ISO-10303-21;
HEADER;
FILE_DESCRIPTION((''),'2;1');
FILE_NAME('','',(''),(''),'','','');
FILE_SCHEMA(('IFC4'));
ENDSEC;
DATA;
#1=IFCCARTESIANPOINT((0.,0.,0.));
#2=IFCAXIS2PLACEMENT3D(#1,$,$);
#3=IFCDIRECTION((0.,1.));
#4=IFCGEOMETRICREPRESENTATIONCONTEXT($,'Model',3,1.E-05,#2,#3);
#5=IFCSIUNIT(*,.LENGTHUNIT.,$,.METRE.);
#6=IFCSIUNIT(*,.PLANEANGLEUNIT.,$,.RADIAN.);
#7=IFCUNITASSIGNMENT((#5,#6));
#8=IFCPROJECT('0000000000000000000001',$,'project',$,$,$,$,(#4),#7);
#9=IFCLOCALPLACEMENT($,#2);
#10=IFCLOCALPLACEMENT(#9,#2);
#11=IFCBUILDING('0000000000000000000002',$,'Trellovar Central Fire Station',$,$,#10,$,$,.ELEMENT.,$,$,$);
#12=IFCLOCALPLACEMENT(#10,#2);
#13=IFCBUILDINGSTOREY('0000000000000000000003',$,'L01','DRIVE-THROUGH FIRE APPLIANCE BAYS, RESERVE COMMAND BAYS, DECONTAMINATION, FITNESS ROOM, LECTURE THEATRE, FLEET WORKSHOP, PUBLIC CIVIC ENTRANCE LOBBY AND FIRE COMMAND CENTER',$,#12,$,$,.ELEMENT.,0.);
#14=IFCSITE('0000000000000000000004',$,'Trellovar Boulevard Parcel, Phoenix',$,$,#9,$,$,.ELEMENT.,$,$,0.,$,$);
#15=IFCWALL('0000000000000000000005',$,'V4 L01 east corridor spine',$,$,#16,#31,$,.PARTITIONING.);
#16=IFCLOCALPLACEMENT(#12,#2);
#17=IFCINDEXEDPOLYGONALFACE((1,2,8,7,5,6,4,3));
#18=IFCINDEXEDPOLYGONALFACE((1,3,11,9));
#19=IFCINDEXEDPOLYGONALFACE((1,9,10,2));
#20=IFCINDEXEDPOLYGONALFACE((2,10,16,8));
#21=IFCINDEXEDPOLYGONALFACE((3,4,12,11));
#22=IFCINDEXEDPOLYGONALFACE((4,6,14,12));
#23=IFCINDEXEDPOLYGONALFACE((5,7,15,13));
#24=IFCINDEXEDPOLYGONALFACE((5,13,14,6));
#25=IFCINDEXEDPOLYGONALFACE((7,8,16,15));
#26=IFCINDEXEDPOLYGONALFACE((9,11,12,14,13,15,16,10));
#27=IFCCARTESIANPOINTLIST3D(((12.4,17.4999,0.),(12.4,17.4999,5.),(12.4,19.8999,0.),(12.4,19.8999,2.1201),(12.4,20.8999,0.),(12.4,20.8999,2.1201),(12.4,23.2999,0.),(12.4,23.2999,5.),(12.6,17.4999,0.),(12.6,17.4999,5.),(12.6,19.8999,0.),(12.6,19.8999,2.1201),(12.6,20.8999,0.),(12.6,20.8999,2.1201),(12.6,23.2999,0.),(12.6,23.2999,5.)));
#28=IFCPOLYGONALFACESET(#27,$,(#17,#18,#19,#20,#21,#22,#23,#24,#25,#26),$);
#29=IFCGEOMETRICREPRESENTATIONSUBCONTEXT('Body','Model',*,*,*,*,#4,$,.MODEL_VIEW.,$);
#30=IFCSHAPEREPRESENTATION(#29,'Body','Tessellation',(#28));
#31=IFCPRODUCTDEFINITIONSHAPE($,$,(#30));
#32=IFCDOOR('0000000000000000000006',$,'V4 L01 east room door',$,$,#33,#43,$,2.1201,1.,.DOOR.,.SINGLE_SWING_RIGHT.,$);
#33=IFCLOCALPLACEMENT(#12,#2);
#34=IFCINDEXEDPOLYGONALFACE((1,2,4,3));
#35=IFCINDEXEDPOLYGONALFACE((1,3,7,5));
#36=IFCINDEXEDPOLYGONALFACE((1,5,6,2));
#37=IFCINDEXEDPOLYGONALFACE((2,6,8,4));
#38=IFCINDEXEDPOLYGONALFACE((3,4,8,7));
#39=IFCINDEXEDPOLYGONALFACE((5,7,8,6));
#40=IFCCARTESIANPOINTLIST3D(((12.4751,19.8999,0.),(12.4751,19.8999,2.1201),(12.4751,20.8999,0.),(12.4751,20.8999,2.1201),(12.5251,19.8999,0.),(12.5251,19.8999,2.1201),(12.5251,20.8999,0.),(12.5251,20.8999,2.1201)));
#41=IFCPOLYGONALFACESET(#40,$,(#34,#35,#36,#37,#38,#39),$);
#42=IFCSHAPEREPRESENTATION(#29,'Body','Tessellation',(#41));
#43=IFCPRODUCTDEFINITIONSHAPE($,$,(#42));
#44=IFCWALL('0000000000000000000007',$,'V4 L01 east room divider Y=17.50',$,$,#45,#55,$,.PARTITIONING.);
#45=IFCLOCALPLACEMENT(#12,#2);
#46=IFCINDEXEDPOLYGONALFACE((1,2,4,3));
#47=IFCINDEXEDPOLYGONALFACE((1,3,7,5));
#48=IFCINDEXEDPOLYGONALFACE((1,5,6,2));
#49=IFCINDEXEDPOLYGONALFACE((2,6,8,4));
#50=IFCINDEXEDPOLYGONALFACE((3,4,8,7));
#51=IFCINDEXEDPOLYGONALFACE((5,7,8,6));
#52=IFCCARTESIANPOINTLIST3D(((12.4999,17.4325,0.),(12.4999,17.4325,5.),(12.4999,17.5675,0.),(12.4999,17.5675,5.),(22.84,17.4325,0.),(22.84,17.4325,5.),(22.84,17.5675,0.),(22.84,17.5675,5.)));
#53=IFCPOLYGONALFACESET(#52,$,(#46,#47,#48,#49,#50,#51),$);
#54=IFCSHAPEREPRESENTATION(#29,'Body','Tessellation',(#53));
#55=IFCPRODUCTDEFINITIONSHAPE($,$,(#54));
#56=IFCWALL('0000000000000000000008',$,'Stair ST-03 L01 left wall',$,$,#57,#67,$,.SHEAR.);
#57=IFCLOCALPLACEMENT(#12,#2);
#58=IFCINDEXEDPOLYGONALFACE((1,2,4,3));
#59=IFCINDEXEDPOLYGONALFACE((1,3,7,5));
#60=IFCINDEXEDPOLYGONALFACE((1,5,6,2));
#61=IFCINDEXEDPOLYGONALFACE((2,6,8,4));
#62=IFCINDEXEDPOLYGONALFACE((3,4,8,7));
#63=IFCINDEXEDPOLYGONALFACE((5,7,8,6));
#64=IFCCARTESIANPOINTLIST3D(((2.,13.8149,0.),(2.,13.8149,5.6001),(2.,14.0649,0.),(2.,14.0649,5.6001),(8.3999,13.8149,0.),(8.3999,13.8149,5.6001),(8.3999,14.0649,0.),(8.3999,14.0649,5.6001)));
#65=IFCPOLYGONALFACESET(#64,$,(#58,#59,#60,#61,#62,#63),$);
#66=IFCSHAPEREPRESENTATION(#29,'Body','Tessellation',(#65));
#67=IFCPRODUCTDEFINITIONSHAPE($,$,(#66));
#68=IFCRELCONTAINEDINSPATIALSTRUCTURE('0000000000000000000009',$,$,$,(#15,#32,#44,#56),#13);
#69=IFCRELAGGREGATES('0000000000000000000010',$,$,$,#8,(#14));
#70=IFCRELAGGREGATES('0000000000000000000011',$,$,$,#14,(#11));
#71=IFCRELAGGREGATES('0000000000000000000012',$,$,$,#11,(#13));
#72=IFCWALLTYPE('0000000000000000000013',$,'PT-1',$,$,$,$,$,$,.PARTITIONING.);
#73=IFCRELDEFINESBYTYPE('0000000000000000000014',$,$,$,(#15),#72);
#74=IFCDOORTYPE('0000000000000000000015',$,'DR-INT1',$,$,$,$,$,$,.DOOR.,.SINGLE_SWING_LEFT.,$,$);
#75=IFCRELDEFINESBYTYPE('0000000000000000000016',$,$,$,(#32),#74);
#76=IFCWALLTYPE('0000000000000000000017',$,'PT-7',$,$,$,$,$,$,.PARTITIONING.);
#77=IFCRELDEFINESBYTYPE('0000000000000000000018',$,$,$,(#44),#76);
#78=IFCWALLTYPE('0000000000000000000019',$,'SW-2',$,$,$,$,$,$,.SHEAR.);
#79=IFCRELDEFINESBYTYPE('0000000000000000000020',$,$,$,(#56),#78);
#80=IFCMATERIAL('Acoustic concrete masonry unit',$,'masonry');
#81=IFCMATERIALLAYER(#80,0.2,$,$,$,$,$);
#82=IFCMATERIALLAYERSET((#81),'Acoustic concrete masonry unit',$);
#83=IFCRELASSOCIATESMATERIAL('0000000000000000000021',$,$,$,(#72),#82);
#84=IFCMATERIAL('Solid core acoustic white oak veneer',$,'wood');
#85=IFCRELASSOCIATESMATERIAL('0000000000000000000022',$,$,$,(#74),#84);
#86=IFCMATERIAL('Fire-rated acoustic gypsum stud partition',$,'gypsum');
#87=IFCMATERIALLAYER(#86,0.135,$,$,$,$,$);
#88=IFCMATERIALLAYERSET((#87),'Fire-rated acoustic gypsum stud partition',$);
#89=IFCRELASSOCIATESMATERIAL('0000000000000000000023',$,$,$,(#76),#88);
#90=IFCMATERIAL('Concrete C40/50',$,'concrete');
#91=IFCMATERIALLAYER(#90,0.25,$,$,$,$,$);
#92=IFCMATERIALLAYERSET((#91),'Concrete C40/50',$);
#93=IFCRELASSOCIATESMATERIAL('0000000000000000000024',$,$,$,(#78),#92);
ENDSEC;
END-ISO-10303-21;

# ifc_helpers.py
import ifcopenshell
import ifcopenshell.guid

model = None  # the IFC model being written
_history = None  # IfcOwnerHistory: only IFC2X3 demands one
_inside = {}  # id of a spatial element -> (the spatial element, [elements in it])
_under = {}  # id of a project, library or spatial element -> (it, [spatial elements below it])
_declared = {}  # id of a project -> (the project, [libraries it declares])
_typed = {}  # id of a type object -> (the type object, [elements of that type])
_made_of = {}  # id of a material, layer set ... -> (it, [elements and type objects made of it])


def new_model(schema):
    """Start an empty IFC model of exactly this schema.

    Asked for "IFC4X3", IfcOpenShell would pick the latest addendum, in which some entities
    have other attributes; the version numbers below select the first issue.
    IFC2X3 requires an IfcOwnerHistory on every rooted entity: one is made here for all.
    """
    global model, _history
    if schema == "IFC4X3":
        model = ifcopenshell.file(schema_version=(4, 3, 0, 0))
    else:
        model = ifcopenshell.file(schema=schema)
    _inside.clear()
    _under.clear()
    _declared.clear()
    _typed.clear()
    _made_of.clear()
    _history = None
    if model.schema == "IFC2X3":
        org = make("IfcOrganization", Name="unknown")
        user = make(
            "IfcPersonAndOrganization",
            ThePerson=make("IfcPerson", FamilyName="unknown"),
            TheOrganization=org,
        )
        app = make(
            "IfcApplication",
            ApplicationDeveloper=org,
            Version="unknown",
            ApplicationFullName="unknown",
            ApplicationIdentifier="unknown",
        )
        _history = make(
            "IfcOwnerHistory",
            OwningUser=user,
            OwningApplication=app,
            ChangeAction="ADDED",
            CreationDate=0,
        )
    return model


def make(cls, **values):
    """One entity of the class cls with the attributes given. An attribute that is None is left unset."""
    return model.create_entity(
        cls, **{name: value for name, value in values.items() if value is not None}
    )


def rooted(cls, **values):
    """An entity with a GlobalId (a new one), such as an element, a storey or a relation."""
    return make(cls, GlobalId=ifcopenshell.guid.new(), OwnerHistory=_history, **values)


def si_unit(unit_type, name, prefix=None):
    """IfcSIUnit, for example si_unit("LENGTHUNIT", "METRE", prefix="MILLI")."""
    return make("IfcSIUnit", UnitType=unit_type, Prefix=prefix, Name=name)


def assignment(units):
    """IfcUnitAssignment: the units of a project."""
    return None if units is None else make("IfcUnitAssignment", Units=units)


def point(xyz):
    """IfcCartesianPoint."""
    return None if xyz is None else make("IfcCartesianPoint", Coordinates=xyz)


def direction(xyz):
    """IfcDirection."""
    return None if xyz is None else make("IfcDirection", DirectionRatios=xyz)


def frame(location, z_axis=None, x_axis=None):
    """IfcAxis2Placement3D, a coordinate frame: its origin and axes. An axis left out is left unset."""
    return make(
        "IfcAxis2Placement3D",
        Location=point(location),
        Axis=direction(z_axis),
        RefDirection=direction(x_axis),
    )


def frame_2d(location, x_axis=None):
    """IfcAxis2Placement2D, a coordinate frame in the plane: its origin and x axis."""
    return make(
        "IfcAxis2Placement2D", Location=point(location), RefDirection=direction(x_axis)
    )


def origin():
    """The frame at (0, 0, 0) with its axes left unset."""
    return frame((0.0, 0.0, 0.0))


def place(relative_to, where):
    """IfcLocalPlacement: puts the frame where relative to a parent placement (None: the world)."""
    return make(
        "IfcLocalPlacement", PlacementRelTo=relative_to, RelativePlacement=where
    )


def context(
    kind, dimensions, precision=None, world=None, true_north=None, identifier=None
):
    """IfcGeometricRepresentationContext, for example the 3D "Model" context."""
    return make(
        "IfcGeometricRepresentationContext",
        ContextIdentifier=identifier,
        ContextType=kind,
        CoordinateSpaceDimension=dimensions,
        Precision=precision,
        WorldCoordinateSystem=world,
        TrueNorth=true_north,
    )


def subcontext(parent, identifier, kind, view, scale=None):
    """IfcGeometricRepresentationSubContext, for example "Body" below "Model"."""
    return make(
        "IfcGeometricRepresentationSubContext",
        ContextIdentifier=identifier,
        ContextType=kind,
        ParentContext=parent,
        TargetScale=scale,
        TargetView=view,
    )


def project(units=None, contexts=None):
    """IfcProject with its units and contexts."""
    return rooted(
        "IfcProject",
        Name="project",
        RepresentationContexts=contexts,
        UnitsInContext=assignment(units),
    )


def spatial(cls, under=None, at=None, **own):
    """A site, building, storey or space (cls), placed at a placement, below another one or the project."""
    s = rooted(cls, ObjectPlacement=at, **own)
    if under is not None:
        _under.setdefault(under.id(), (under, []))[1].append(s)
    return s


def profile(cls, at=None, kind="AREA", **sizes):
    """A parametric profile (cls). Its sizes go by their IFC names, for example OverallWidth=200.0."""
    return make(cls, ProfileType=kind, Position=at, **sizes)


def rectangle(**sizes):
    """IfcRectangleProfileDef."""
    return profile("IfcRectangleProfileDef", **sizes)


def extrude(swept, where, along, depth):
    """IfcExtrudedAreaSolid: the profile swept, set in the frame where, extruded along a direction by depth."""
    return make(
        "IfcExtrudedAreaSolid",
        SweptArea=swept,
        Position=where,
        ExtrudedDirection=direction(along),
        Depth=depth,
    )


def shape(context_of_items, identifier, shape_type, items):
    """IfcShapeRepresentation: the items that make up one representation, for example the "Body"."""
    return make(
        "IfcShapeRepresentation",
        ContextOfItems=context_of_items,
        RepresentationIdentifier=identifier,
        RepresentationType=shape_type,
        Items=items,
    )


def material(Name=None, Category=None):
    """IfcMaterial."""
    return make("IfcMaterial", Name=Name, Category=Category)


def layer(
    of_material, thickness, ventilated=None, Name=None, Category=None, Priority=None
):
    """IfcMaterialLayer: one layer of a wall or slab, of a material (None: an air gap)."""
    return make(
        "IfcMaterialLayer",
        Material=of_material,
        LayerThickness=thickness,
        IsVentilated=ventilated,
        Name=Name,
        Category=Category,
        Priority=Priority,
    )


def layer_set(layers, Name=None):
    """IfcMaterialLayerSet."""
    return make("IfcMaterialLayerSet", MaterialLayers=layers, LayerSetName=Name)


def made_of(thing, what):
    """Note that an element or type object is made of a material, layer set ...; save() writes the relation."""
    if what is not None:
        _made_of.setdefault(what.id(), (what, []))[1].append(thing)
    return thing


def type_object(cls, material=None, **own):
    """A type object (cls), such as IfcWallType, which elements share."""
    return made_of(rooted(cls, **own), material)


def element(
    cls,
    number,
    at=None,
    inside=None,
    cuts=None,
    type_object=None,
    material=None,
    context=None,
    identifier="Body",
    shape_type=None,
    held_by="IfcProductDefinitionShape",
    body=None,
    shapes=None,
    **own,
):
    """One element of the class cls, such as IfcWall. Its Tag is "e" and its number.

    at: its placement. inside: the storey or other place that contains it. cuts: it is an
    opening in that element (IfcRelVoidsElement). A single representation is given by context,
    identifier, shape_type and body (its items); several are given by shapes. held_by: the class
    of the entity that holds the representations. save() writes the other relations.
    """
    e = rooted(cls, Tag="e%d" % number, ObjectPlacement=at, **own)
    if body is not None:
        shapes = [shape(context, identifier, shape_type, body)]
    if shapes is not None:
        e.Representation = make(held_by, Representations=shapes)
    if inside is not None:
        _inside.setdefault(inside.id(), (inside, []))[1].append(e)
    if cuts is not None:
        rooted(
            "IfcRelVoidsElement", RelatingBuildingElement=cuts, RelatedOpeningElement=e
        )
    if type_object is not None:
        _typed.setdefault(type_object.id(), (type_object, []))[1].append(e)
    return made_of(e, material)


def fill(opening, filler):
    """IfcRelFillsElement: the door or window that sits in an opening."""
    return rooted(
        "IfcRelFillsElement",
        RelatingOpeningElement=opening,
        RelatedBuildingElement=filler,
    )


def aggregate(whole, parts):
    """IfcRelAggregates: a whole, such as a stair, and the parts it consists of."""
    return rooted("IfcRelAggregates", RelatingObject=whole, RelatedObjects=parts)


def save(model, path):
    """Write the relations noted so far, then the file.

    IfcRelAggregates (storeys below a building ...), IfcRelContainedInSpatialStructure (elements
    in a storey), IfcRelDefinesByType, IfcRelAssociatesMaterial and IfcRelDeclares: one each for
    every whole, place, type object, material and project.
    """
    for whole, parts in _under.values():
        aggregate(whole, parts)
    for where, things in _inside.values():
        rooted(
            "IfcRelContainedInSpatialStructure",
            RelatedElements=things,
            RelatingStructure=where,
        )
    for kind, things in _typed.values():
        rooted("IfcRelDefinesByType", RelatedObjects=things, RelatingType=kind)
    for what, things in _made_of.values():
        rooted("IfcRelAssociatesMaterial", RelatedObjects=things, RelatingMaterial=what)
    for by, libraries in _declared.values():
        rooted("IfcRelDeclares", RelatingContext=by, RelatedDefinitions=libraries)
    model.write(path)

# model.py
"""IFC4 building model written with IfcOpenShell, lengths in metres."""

from ifc_helpers import new_model, si_unit, direction, frame, frame_2d, origin, place, context, subcontext, project, spatial, rectangle, extrude, material, layer, layer_set, type_object, element, fill, save


model = new_model("IFC4")

# Units and contexts
model_context = context("Model", 3, precision=1e-05, world=origin(), true_north=direction((0.0, 1.0)))
body_context = subcontext(model_context, "Body", "Model", "MODEL_VIEW")
ifc_project = project(units=[si_unit("LENGTHUNIT", "METRE"), si_unit("PLANEANGLEUNIT", "RADIAN")], contexts=[model_context])

# Site, building, storey
site_placement = place(None, origin())
site = spatial("IfcSite", under=ifc_project, at=site_placement, Name="Trellovar Boulevard Parcel, Phoenix", CompositionType="ELEMENT", RefElevation=0.0)
building_placement = place(site_placement, origin())
building = spatial("IfcBuilding", under=site, at=building_placement, Name="Trellovar Central Fire Station", CompositionType="ELEMENT")
storey_placement = place(building_placement, origin())
storey = spatial("IfcBuildingStorey", under=building, at=storey_placement, Name="L01", Description="DRIVE-THROUGH FIRE APPLIANCE BAYS, RESERVE COMMAND BAYS, DECONTAMINATION, FITNESS ROOM, LECTURE THEATRE, FLEET WORKSHOP, PUBLIC CIVIC ENTRANCE LOBBY AND FIRE COMMAND CENTER", CompositionType="ELEMENT", Elevation=0.0)

# Wall, opening, door
ifc_material_1 = material(Name="Acoustic concrete masonry unit", Category="masonry")
ifc_layer_1 = layer(ifc_material_1, 0.2)
ifc_layer_set_1 = layer_set([ifc_layer_1], Name="Acoustic concrete masonry unit")
wall_type_1 = type_object("IfcWallType", Name="PT-1", PredefinedType="PARTITIONING", material=ifc_layer_set_1)
wall_1_placement = place(storey_placement, frame((12.5, 17.5, 0.0), z_axis=(0.0, 0.0, 1.0), x_axis=(0.0, 1.0, 0.0)))
wall_1 = element("IfcWall", 1, at=wall_1_placement, inside=storey, type_object=wall_type_1, Name="V4 L01 east corridor spine", PredefinedType="PARTITIONING", context=body_context, shape_type="SweptSolid", body=[
    extrude(rectangle(XDim=5.8, YDim=0.2, at=frame_2d((2.8999, 0.0))), origin(), (0.0, 0.0, 1.0), 5.0),
])
opening_1_placement = place(wall_1_placement, frame((2.3999, 0.0, 0.0)))
opening_1 = element("IfcOpeningElement", 2, at=opening_1_placement, cuts=wall_1, PredefinedType="OPENING", context=body_context, shape_type="SweptSolid", body=[
    extrude(rectangle(XDim=1.0, YDim=2.1201, at=frame_2d((0.5, 1.0601))), frame((0.0, 0.1099, 0.0), z_axis=(0.0, -1.0, 0.0), x_axis=(1.0, 0.0, 0.0)), (0.0, 0.0, 1.0), 0.22),
])
ifc_material_2 = material(Name="Solid core acoustic white oak veneer", Category="wood")
door_type_1 = type_object("IfcDoorType", Name="DR-INT1", OperationType="SINGLE_SWING_LEFT", PredefinedType="DOOR", material=ifc_material_2)
door_1_placement = place(opening_1_placement, origin())
door_1 = element("IfcDoor", 3, at=door_1_placement, inside=storey, type_object=door_type_1, Name="V4 L01 east room door", OperationType="SINGLE_SWING_RIGHT", OverallHeight=2.1201, OverallWidth=1.0, PredefinedType="DOOR", context=body_context, shape_type="SweptSolid", body=[
    extrude(rectangle(XDim=1.0, YDim=2.1201, at=frame_2d((0.5, 1.0601))), frame((0.0, 0.0249, 0.0), z_axis=(0.0, -1.0, 0.0), x_axis=(1.0, 0.0, 0.0)), (0.0, 0.0, 1.0), 0.05),
])
fill(opening_1, door_1)

# Wall
ifc_material_3 = material(Name="Fire-rated acoustic gypsum stud partition", Category="gypsum")
ifc_layer_2 = layer(ifc_material_3, 0.135)
ifc_layer_set_2 = layer_set([ifc_layer_2], Name="Fire-rated acoustic gypsum stud partition")
wall_type_2 = type_object("IfcWallType", Name="PT-7", PredefinedType="PARTITIONING", material=ifc_layer_set_2)
wall_2_placement = place(storey_placement, frame((12.5, 17.5, 0.0), z_axis=(0.0, 0.0, 1.0), x_axis=(1.0, 0.0, 0.0)))
element("IfcWall", 4, at=wall_2_placement, inside=storey, type_object=wall_type_2, Name="V4 L01 east room divider Y=17.50", PredefinedType="PARTITIONING", context=body_context, shape_type="SweptSolid", body=[
    extrude(rectangle(XDim=10.3401, YDim=0.135, at=frame_2d((5.1699, 0.0))), origin(), (0.0, 0.0, 1.0), 5.0),
])

# Wall
ifc_material_4 = material(Name="Concrete C40/50", Category="concrete")
ifc_layer_3 = layer(ifc_material_4, 0.25)
ifc_layer_set_3 = layer_set([ifc_layer_3], Name="Concrete C40/50")
wall_type_3 = type_object("IfcWallType", Name="SW-2", PredefinedType="SHEAR", material=ifc_layer_set_3)
wall_3_placement = place(storey_placement, frame((8.3999, 13.9399, 0.0), z_axis=(0.0, 0.0, 1.0), x_axis=(-1.0, 0.0, 0.0)))
element("IfcWall", 5, at=wall_3_placement, inside=storey, type_object=wall_type_3, Name="Stair ST-03 L01 left wall", PredefinedType="SHEAR", context=body_context, shape_type="SweptSolid", body=[
    extrude(rectangle(XDim=6.3999, YDim=0.25, at=frame_2d((3.2, 0.0))), origin(), (0.0, 0.0, 1.0), 5.6001),
])

save(model, "model.ifc")
